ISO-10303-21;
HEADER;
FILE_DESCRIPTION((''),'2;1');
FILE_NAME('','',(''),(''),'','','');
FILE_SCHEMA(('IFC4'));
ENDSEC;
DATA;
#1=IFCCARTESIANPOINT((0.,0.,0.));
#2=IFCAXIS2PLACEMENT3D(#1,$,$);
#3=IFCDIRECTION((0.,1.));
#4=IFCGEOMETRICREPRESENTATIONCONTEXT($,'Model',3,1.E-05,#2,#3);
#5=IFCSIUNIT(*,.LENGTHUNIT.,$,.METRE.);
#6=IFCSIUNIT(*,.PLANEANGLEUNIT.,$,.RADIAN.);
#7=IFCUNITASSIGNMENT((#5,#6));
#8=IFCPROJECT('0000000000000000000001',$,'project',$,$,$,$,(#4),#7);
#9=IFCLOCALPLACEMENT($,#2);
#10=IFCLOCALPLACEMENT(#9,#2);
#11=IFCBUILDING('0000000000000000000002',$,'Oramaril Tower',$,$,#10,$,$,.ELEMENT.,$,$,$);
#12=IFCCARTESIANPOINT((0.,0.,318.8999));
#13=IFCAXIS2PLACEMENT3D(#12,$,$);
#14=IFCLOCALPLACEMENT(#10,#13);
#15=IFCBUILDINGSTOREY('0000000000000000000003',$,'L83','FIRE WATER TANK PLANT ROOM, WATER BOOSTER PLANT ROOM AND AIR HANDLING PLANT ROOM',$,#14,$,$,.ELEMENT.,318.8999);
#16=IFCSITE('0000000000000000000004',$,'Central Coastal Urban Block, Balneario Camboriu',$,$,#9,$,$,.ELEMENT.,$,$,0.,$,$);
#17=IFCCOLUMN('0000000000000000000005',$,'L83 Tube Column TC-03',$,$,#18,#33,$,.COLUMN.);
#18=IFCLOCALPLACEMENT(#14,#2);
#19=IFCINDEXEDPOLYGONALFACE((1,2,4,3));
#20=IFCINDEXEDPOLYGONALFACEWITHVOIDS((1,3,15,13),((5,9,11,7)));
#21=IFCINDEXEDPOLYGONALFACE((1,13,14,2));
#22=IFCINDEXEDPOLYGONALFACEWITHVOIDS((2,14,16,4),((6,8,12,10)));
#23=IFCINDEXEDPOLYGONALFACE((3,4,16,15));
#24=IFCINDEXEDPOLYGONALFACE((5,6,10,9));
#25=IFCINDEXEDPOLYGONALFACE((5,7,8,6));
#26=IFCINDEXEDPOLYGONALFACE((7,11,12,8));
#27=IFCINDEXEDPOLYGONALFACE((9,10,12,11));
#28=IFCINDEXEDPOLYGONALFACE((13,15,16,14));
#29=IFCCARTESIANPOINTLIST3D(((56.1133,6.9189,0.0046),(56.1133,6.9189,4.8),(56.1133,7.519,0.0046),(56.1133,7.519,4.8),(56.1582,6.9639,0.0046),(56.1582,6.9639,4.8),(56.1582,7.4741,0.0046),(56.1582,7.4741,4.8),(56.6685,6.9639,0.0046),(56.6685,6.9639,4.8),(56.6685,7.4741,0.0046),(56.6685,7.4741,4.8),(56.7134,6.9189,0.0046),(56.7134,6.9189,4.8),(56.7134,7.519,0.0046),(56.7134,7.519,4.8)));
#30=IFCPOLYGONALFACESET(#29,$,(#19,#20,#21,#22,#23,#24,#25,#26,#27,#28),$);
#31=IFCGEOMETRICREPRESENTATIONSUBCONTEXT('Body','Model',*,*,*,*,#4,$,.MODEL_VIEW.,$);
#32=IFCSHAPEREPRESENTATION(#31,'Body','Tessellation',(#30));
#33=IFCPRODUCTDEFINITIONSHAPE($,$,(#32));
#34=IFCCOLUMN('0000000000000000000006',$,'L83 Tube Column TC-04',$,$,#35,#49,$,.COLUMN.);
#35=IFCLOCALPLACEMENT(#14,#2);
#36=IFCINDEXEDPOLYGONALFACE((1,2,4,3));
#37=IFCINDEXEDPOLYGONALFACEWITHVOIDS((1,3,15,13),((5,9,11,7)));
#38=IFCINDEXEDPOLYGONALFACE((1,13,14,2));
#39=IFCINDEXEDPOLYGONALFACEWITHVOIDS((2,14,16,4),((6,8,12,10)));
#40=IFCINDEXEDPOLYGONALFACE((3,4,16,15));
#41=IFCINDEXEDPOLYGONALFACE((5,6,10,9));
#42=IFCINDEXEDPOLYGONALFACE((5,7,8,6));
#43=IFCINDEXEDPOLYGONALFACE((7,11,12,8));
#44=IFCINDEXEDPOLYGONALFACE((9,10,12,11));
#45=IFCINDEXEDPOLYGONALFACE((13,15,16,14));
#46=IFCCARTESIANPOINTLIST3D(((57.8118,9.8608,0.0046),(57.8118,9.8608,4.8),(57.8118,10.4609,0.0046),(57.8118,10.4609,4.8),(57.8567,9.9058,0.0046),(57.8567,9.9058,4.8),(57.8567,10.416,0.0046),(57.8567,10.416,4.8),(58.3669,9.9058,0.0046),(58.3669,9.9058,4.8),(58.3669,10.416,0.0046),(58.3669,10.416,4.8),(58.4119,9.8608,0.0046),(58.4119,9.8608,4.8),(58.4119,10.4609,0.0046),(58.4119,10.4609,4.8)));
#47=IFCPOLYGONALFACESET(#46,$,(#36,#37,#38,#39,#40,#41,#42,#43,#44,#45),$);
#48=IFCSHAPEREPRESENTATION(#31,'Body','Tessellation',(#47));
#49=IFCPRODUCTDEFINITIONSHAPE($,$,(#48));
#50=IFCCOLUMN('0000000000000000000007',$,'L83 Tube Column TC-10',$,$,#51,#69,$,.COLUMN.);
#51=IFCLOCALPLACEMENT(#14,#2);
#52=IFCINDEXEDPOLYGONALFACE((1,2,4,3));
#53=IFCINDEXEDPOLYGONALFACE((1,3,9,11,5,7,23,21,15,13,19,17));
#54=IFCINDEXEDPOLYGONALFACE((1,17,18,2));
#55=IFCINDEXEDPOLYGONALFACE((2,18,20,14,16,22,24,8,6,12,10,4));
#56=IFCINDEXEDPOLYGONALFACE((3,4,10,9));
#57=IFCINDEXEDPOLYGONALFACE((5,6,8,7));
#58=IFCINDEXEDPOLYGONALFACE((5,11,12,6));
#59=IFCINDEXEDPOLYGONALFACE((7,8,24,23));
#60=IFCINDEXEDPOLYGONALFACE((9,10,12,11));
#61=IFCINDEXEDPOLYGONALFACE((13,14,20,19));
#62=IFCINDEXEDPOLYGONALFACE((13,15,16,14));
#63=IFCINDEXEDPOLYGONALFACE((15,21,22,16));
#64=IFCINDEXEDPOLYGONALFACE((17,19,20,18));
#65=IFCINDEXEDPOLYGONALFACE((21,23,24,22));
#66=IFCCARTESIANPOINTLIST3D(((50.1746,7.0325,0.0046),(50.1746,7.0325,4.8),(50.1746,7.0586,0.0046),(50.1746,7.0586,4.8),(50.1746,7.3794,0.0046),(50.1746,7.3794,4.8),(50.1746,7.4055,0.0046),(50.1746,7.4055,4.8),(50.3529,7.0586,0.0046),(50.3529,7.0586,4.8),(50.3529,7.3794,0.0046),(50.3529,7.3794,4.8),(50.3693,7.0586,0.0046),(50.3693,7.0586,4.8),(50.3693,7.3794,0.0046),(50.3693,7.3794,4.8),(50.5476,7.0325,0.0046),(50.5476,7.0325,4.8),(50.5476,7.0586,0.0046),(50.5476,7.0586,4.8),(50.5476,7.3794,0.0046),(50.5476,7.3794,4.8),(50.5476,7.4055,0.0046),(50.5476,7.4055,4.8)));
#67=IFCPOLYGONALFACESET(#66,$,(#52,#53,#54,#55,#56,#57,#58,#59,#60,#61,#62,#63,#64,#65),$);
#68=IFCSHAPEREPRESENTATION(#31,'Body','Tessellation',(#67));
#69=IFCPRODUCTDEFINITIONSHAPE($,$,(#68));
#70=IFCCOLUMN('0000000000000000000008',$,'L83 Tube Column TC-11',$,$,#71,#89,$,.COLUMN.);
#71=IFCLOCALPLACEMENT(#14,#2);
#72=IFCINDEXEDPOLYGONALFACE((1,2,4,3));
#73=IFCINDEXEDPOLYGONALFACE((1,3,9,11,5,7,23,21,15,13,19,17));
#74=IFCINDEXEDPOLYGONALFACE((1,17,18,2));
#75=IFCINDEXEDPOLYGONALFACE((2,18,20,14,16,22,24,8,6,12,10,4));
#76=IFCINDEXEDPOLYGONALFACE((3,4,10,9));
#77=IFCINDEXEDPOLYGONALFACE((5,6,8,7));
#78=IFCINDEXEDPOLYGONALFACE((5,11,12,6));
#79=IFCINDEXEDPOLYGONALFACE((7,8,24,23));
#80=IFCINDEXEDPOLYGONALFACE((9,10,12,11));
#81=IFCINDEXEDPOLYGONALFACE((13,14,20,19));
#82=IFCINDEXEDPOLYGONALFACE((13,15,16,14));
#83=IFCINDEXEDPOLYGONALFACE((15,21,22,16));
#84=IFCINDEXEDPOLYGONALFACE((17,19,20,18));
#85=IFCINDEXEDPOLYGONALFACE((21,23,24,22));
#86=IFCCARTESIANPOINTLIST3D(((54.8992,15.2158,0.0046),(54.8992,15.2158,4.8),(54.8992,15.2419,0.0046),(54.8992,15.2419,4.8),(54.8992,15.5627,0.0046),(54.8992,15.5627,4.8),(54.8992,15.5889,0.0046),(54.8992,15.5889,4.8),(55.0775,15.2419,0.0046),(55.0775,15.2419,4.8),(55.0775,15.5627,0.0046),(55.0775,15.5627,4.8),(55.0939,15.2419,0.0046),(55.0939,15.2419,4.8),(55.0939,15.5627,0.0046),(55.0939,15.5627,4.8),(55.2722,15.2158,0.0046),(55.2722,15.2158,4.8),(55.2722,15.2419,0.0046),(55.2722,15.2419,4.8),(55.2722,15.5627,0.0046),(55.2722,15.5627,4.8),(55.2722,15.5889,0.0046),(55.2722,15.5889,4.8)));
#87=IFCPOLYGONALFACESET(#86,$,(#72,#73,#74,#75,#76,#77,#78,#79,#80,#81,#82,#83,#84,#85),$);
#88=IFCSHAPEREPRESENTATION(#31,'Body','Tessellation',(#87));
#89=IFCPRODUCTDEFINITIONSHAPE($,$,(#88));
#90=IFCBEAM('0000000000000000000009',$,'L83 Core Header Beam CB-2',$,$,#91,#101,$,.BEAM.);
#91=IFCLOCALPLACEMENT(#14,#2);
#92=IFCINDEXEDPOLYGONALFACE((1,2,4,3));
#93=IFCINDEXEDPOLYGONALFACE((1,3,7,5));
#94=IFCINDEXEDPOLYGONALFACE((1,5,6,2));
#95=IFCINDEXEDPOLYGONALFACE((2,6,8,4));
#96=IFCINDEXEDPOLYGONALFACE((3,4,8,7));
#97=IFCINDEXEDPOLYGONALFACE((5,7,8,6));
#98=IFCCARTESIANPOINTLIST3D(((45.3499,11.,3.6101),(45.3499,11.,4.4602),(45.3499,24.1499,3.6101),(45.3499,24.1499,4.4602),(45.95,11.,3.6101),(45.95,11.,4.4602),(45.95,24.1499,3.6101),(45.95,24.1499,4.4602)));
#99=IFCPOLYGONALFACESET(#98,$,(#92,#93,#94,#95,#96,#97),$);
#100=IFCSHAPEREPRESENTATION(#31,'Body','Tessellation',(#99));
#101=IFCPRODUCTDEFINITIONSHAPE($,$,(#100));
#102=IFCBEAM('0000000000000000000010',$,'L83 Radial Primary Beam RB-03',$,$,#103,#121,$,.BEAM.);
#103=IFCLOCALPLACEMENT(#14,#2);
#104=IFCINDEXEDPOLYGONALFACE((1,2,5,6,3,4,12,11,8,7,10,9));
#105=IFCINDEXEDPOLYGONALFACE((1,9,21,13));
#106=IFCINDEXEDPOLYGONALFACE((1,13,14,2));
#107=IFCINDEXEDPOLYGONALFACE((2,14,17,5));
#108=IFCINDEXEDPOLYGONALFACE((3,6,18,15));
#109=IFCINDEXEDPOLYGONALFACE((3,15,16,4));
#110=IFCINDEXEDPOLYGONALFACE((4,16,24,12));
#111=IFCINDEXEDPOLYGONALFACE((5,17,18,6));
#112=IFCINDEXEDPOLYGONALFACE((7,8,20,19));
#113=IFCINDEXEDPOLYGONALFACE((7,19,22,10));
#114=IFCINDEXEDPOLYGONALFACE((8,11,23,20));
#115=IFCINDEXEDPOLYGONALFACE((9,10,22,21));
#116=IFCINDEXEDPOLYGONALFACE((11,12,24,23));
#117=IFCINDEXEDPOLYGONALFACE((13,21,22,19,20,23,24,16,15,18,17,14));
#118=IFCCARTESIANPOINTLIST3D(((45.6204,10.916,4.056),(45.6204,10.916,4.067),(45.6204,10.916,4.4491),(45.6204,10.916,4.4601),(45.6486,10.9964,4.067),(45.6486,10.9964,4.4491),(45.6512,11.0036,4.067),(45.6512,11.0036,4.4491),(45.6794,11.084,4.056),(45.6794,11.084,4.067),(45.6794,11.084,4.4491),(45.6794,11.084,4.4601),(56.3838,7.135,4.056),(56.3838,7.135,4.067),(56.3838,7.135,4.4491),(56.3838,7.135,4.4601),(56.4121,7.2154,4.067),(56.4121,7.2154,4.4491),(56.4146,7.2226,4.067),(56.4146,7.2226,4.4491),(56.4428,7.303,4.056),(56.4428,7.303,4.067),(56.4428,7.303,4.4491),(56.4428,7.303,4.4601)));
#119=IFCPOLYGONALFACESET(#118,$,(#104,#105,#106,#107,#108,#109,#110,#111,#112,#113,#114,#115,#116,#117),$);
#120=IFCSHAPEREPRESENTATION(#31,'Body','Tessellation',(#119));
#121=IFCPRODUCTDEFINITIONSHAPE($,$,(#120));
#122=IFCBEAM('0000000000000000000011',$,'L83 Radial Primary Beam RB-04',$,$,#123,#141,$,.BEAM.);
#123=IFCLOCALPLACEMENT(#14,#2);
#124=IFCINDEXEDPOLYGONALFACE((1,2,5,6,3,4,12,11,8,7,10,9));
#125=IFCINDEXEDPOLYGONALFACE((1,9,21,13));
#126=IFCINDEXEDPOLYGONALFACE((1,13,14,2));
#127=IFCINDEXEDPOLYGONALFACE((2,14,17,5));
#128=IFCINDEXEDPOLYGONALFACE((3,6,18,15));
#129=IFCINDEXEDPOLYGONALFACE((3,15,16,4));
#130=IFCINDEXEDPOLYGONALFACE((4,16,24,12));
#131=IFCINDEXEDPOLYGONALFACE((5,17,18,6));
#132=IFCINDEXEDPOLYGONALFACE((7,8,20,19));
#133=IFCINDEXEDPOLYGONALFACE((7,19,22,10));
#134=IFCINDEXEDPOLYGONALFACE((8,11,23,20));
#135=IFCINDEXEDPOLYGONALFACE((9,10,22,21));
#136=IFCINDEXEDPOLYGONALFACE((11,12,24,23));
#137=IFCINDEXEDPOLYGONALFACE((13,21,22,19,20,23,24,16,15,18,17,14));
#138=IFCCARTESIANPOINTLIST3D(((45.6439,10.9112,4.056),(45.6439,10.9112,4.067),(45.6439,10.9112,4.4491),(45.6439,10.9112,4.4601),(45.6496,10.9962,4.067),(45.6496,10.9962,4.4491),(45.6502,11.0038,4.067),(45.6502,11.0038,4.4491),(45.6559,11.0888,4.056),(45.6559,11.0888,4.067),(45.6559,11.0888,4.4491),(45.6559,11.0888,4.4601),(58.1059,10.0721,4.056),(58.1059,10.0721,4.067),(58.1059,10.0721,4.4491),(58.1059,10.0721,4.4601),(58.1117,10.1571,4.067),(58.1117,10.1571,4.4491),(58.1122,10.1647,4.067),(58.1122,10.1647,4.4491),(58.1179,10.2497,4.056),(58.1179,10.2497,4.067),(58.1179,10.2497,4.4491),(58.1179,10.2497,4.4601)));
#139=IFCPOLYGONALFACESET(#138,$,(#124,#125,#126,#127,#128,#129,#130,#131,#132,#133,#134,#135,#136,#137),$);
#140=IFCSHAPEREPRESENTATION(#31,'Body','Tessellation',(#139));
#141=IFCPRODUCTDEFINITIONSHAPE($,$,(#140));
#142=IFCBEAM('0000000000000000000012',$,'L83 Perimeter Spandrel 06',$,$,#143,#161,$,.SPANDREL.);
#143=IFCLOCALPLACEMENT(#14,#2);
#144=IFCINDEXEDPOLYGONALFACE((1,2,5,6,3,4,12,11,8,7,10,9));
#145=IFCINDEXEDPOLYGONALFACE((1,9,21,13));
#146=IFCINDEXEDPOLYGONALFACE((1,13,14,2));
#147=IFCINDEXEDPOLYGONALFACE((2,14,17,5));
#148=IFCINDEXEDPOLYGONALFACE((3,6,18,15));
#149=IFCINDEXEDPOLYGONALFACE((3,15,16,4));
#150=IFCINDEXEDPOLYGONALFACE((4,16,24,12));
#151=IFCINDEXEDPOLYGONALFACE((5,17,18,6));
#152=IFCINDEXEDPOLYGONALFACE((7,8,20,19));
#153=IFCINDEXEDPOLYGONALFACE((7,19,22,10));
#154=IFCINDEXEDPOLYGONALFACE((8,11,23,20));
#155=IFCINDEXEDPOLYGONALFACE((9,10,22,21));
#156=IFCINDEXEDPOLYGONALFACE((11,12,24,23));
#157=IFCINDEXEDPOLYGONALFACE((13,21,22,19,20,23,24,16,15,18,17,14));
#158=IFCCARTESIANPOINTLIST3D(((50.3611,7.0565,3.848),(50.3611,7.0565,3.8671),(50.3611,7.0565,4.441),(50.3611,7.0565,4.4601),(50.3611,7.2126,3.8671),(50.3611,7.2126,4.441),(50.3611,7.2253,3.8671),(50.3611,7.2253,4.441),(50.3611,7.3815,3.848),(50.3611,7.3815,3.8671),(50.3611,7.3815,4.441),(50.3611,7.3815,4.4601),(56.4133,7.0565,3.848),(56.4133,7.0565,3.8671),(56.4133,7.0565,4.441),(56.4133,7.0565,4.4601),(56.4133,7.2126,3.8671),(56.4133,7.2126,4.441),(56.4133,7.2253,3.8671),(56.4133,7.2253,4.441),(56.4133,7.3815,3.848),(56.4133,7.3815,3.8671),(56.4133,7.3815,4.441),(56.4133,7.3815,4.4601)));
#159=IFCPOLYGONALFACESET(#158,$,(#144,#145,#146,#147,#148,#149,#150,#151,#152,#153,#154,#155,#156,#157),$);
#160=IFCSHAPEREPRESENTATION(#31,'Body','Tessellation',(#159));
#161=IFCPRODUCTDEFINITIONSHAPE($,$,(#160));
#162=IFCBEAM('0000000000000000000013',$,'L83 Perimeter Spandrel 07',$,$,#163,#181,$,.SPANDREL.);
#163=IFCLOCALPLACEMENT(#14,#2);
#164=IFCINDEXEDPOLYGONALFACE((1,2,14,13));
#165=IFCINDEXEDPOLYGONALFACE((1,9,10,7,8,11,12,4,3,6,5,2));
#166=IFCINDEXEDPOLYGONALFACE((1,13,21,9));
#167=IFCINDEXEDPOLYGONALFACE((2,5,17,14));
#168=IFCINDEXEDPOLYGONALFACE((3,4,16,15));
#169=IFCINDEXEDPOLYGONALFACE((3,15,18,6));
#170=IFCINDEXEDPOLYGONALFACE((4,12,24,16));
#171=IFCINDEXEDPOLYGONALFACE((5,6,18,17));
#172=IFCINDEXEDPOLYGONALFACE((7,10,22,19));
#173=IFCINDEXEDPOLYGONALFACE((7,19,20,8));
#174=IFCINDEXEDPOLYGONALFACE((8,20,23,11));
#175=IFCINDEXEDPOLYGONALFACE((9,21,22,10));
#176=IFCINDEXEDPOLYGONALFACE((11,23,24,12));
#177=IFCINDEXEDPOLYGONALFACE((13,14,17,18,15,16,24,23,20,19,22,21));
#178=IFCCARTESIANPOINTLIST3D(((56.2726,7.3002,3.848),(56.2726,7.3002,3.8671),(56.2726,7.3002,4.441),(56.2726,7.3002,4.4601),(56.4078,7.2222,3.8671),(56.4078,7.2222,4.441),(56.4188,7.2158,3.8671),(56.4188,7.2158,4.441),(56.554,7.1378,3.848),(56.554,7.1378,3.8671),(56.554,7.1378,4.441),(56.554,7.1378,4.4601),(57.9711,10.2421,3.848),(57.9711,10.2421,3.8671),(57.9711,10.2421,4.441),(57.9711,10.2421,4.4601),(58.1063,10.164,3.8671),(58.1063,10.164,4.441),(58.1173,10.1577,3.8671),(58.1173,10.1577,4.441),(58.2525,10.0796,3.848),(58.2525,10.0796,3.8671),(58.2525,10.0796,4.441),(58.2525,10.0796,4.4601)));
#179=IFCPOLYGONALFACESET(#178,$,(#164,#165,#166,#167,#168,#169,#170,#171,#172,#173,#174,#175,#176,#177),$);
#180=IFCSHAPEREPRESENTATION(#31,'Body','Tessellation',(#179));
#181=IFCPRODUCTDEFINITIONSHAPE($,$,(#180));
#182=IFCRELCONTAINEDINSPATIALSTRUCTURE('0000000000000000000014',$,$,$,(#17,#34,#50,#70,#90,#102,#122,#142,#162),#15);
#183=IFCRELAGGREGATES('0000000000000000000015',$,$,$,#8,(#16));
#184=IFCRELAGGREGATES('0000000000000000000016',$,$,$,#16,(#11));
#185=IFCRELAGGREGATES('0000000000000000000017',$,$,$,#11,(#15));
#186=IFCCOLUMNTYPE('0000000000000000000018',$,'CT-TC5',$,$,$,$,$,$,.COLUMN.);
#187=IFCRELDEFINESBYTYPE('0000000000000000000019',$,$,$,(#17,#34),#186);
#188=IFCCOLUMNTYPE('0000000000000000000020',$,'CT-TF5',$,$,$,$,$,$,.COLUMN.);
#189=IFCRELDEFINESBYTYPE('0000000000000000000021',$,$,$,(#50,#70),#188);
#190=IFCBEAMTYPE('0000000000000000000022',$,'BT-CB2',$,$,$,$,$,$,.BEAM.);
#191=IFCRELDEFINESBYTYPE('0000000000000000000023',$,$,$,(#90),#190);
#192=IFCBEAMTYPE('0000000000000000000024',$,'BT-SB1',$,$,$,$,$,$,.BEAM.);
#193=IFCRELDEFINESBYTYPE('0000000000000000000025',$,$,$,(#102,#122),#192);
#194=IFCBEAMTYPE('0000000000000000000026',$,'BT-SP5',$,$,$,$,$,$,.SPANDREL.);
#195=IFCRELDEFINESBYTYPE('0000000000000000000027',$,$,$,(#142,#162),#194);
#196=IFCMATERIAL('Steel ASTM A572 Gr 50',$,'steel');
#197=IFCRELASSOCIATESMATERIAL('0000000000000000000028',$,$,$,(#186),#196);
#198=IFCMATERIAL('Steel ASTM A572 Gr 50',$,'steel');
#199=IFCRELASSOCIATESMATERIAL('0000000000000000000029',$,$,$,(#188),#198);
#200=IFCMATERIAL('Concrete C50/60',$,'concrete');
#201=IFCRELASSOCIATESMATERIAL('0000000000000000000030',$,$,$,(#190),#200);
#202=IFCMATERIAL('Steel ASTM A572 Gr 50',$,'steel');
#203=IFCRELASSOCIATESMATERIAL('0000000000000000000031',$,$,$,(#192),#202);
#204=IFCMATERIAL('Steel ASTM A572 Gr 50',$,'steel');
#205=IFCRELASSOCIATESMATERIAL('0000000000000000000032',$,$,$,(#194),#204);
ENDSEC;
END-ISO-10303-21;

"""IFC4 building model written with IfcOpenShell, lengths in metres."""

from ifc_helpers import new_model, si_unit, direction, frame, origin, origin_2d, place, context, subcontext, project, spatial, rectangle, hollow_rectangle, i_section, extrude, material, material_profile, profile_set, type_object, element, save


model = new_model("IFC4")

# Units and contexts
model_context = context("Model", 3, precision=1e-05, world=origin(), true_north=direction((0.0, 1.0)))
body_context = subcontext(model_context, "Body", "Model", "MODEL_VIEW")
ifc_project = project(units=[si_unit("LENGTHUNIT", "METRE"), si_unit("PLANEANGLEUNIT", "RADIAN")], contexts=[model_context])

# Site, building, storey
site_placement = place(None, origin())
site = spatial("IfcSite", under=ifc_project, at=site_placement, Name="Central Coastal Urban Block, Balneario Camboriu", CompositionType="ELEMENT", RefElevation=0.0)
building_placement = place(site_placement, origin())
building = spatial("IfcBuilding", under=site, at=building_placement, Name="Oramaril Tower", CompositionType="ELEMENT")
storey_placement = place(building_placement, frame((0.0, 0.0, 318.8999)))
storey = spatial("IfcBuildingStorey", under=building, at=storey_placement, Name="L83", Description="FIRE WATER TANK PLANT ROOM, WATER BOOSTER PLANT ROOM AND AIR HANDLING PLANT ROOM", CompositionType="ELEMENT", Elevation=318.8999)

# Columns
ifc_material_1 = material(Name="Steel ASTM A572 Gr 50", Category="steel")
ifc_material_profile_1 = material_profile(ifc_material_1, hollow_rectangle(XDim=0.6001, YDim=0.6001, WallThickness=0.0449, at=origin_2d()), Name="BOX600X600X45")
ifc_profile_set_1 = profile_set([ifc_material_profile_1], Name="Steel ASTM A572 Gr 50")
column_type_1 = type_object("IfcColumnType", Name="CT-TC5", PredefinedType="COLUMN", material=ifc_profile_set_1)
for number, where, z_axis, x_axis, name in (
    (1, (56.4133, 7.219, 0.0046), (0.0, 0.0, 1.0), (1.0, 0.0, 0.0), "L83 Tube Column TC-03"),
    (2, (58.1118, 10.1609, 0.0046), (0.0, 0.0, 1.0), (1.0, 0.0, 0.0), "L83 Tube Column TC-04"),
):
    element("IfcColumn", number, at=place(storey_placement, frame(where, z_axis=z_axis, x_axis=x_axis)), inside=storey, type_object=column_type_1, Name=name, PredefinedType="COLUMN", context=body_context, shape_type="SweptSolid", body=[
        extrude(hollow_rectangle(XDim=0.6001, YDim=0.6001, WallThickness=0.0449, at=origin_2d()), origin(), (0.0, 0.0, 1.0), 4.7954),
    ])
ifc_material_2 = material(Name="Steel ASTM A572 Gr 50", Category="steel")
ifc_material_profile_2 = material_profile(ifc_material_2, i_section(OverallWidth=0.373, OverallDepth=0.373, WebThickness=0.0164, FlangeThickness=0.0261, at=origin_2d()), Name="W14X132")
ifc_profile_set_2 = profile_set([ifc_material_profile_2], Name="Steel ASTM A572 Gr 50")
column_type_2 = type_object("IfcColumnType", Name="CT-TF5", PredefinedType="COLUMN", material=ifc_profile_set_2)
for number, where, z_axis, x_axis, name in (
    (3, (50.3611, 7.219, 0.0046), (0.0, 0.0, 1.0), (1.0, 0.0, 0.0), "L83 Tube Column TC-10"),
    (4, (55.0857, 15.4023, 0.0046), (0.0, 0.0, 1.0), (1.0, 0.0, 0.0), "L83 Tube Column TC-11"),
):
    element("IfcColumn", number, at=place(storey_placement, frame(where, z_axis=z_axis, x_axis=x_axis)), inside=storey, type_object=column_type_2, Name=name, PredefinedType="COLUMN", context=body_context, shape_type="SweptSolid", body=[
        extrude(i_section(OverallWidth=0.373, OverallDepth=0.373, WebThickness=0.0164, FlangeThickness=0.0261, at=origin_2d()), origin(), (0.0, 0.0, 1.0), 4.7954),
    ])

# Beams
ifc_material_3 = material(Name="Concrete C50/60", Category="concrete")
ifc_material_profile_3 = material_profile(ifc_material_3, rectangle(XDim=0.6001, YDim=0.8501, at=origin_2d()), Name="CB600X850")
ifc_profile_set_3 = profile_set([ifc_material_profile_3], Name="Concrete C50/60")
beam_type_1 = type_object("IfcBeamType", Name="BT-CB2", PredefinedType="BEAM", material=ifc_profile_set_3)
beam_1_placement = place(storey_placement, frame((45.6499, 11.0, 4.0352), z_axis=(0.0, 1.0, 0.0), x_axis=(-1.0, 0.0, 0.0)))
element("IfcBeam", 5, at=beam_1_placement, inside=storey, type_object=beam_type_1, Name="L83 Core Header Beam CB-2", PredefinedType="BEAM", context=body_context, shape_type="SweptSolid", body=[
    extrude(rectangle(XDim=0.6001, YDim=0.8501, at=origin_2d()), origin(), (0.0, 0.0, 1.0), 13.1499),
])
ifc_material_4 = material(Name="Steel ASTM A572 Gr 50", Category="steel")
ifc_material_profile_4 = material_profile(ifc_material_4, i_section(OverallWidth=0.178, OverallDepth=0.4041, WebThickness=0.0076, FlangeThickness=0.011, at=origin_2d()), Name="W16X36")
ifc_profile_set_4 = profile_set([ifc_material_profile_4], Name="Steel ASTM A572 Gr 50")
beam_type_2 = type_object("IfcBeamType", Name="BT-SB1", PredefinedType="BEAM", material=ifc_profile_set_4)
beam_2_placement = place(storey_placement, frame((45.6499, 11.0, 4.2581), z_axis=(0.94348, -0.331428, 0.0), x_axis=(0.331428, 0.94348, 0.0)))
element("IfcBeam", 6, at=beam_2_placement, inside=storey, type_object=beam_type_2, Name="L83 Radial Primary Beam RB-03", PredefinedType="BEAM", context=body_context, shape_type="SweptSolid", body=[
    extrude(i_section(OverallWidth=0.178, OverallDepth=0.4041, WebThickness=0.0076, FlangeThickness=0.011, at=origin_2d()), origin(), (0.0, 0.0, 1.0), 11.4082),
])
beam_3_placement = place(storey_placement, frame((45.6499, 11.0, 4.2581), z_axis=(0.997741, -0.067182, 0.0), x_axis=(0.067182, 0.997741, 0.0)))
element("IfcBeam", 7, at=beam_3_placement, inside=storey, type_object=beam_type_2, Name="L83 Radial Primary Beam RB-04", PredefinedType="BEAM", context=body_context, shape_type="SweptSolid", body=[
    extrude(i_section(OverallWidth=0.178, OverallDepth=0.4041, WebThickness=0.0076, FlangeThickness=0.011, at=origin_2d()), origin(), (0.0, 0.0, 1.0), 12.4902),
])
ifc_material_5 = material(Name="Steel ASTM A572 Gr 50", Category="steel")
ifc_material_profile_5 = material_profile(ifc_material_5, i_section(OverallWidth=0.325, OverallDepth=0.6121, WebThickness=0.0127, FlangeThickness=0.019, at=origin_2d()), Name="W24X104")
ifc_profile_set_5 = profile_set([ifc_material_profile_5], Name="Steel ASTM A572 Gr 50")
beam_type_3 = type_object("IfcBeamType", Name="BT-SP5", PredefinedType="SPANDREL", material=ifc_profile_set_5)
beam_4_placement = place(storey_placement, frame((50.3611, 7.219, 4.1541), z_axis=(1.0, 0.0, 0.0), x_axis=(0.0, 1.0, 0.0)))
element("IfcBeam", 8, at=beam_4_placement, inside=storey, type_object=beam_type_3, Name="L83 Perimeter Spandrel 06", PredefinedType="SPANDREL", context=body_context, shape_type="SweptSolid", body=[
    extrude(i_section(OverallWidth=0.325, OverallDepth=0.6121, WebThickness=0.0127, FlangeThickness=0.019, at=origin_2d()), origin(), (0.0, 0.0, 1.0), 6.0522),
])
beam_5_placement = place(storey_placement, frame((56.4133, 7.219, 4.1541), z_axis=(0.499996, 0.866028, 0.0), x_axis=(-0.866028, 0.499996, 0.0)))
element("IfcBeam", 9, at=beam_5_placement, inside=storey, type_object=beam_type_3, Name="L83 Perimeter Spandrel 07", PredefinedType="SPANDREL", context=body_context, shape_type="SweptSolid", body=[
    extrude(i_section(OverallWidth=0.325, OverallDepth=0.6121, WebThickness=0.0127, FlangeThickness=0.019, at=origin_2d()), origin(), (0.0, 0.0, 1.0), 3.397),
])

save(model, "model.ifc")
